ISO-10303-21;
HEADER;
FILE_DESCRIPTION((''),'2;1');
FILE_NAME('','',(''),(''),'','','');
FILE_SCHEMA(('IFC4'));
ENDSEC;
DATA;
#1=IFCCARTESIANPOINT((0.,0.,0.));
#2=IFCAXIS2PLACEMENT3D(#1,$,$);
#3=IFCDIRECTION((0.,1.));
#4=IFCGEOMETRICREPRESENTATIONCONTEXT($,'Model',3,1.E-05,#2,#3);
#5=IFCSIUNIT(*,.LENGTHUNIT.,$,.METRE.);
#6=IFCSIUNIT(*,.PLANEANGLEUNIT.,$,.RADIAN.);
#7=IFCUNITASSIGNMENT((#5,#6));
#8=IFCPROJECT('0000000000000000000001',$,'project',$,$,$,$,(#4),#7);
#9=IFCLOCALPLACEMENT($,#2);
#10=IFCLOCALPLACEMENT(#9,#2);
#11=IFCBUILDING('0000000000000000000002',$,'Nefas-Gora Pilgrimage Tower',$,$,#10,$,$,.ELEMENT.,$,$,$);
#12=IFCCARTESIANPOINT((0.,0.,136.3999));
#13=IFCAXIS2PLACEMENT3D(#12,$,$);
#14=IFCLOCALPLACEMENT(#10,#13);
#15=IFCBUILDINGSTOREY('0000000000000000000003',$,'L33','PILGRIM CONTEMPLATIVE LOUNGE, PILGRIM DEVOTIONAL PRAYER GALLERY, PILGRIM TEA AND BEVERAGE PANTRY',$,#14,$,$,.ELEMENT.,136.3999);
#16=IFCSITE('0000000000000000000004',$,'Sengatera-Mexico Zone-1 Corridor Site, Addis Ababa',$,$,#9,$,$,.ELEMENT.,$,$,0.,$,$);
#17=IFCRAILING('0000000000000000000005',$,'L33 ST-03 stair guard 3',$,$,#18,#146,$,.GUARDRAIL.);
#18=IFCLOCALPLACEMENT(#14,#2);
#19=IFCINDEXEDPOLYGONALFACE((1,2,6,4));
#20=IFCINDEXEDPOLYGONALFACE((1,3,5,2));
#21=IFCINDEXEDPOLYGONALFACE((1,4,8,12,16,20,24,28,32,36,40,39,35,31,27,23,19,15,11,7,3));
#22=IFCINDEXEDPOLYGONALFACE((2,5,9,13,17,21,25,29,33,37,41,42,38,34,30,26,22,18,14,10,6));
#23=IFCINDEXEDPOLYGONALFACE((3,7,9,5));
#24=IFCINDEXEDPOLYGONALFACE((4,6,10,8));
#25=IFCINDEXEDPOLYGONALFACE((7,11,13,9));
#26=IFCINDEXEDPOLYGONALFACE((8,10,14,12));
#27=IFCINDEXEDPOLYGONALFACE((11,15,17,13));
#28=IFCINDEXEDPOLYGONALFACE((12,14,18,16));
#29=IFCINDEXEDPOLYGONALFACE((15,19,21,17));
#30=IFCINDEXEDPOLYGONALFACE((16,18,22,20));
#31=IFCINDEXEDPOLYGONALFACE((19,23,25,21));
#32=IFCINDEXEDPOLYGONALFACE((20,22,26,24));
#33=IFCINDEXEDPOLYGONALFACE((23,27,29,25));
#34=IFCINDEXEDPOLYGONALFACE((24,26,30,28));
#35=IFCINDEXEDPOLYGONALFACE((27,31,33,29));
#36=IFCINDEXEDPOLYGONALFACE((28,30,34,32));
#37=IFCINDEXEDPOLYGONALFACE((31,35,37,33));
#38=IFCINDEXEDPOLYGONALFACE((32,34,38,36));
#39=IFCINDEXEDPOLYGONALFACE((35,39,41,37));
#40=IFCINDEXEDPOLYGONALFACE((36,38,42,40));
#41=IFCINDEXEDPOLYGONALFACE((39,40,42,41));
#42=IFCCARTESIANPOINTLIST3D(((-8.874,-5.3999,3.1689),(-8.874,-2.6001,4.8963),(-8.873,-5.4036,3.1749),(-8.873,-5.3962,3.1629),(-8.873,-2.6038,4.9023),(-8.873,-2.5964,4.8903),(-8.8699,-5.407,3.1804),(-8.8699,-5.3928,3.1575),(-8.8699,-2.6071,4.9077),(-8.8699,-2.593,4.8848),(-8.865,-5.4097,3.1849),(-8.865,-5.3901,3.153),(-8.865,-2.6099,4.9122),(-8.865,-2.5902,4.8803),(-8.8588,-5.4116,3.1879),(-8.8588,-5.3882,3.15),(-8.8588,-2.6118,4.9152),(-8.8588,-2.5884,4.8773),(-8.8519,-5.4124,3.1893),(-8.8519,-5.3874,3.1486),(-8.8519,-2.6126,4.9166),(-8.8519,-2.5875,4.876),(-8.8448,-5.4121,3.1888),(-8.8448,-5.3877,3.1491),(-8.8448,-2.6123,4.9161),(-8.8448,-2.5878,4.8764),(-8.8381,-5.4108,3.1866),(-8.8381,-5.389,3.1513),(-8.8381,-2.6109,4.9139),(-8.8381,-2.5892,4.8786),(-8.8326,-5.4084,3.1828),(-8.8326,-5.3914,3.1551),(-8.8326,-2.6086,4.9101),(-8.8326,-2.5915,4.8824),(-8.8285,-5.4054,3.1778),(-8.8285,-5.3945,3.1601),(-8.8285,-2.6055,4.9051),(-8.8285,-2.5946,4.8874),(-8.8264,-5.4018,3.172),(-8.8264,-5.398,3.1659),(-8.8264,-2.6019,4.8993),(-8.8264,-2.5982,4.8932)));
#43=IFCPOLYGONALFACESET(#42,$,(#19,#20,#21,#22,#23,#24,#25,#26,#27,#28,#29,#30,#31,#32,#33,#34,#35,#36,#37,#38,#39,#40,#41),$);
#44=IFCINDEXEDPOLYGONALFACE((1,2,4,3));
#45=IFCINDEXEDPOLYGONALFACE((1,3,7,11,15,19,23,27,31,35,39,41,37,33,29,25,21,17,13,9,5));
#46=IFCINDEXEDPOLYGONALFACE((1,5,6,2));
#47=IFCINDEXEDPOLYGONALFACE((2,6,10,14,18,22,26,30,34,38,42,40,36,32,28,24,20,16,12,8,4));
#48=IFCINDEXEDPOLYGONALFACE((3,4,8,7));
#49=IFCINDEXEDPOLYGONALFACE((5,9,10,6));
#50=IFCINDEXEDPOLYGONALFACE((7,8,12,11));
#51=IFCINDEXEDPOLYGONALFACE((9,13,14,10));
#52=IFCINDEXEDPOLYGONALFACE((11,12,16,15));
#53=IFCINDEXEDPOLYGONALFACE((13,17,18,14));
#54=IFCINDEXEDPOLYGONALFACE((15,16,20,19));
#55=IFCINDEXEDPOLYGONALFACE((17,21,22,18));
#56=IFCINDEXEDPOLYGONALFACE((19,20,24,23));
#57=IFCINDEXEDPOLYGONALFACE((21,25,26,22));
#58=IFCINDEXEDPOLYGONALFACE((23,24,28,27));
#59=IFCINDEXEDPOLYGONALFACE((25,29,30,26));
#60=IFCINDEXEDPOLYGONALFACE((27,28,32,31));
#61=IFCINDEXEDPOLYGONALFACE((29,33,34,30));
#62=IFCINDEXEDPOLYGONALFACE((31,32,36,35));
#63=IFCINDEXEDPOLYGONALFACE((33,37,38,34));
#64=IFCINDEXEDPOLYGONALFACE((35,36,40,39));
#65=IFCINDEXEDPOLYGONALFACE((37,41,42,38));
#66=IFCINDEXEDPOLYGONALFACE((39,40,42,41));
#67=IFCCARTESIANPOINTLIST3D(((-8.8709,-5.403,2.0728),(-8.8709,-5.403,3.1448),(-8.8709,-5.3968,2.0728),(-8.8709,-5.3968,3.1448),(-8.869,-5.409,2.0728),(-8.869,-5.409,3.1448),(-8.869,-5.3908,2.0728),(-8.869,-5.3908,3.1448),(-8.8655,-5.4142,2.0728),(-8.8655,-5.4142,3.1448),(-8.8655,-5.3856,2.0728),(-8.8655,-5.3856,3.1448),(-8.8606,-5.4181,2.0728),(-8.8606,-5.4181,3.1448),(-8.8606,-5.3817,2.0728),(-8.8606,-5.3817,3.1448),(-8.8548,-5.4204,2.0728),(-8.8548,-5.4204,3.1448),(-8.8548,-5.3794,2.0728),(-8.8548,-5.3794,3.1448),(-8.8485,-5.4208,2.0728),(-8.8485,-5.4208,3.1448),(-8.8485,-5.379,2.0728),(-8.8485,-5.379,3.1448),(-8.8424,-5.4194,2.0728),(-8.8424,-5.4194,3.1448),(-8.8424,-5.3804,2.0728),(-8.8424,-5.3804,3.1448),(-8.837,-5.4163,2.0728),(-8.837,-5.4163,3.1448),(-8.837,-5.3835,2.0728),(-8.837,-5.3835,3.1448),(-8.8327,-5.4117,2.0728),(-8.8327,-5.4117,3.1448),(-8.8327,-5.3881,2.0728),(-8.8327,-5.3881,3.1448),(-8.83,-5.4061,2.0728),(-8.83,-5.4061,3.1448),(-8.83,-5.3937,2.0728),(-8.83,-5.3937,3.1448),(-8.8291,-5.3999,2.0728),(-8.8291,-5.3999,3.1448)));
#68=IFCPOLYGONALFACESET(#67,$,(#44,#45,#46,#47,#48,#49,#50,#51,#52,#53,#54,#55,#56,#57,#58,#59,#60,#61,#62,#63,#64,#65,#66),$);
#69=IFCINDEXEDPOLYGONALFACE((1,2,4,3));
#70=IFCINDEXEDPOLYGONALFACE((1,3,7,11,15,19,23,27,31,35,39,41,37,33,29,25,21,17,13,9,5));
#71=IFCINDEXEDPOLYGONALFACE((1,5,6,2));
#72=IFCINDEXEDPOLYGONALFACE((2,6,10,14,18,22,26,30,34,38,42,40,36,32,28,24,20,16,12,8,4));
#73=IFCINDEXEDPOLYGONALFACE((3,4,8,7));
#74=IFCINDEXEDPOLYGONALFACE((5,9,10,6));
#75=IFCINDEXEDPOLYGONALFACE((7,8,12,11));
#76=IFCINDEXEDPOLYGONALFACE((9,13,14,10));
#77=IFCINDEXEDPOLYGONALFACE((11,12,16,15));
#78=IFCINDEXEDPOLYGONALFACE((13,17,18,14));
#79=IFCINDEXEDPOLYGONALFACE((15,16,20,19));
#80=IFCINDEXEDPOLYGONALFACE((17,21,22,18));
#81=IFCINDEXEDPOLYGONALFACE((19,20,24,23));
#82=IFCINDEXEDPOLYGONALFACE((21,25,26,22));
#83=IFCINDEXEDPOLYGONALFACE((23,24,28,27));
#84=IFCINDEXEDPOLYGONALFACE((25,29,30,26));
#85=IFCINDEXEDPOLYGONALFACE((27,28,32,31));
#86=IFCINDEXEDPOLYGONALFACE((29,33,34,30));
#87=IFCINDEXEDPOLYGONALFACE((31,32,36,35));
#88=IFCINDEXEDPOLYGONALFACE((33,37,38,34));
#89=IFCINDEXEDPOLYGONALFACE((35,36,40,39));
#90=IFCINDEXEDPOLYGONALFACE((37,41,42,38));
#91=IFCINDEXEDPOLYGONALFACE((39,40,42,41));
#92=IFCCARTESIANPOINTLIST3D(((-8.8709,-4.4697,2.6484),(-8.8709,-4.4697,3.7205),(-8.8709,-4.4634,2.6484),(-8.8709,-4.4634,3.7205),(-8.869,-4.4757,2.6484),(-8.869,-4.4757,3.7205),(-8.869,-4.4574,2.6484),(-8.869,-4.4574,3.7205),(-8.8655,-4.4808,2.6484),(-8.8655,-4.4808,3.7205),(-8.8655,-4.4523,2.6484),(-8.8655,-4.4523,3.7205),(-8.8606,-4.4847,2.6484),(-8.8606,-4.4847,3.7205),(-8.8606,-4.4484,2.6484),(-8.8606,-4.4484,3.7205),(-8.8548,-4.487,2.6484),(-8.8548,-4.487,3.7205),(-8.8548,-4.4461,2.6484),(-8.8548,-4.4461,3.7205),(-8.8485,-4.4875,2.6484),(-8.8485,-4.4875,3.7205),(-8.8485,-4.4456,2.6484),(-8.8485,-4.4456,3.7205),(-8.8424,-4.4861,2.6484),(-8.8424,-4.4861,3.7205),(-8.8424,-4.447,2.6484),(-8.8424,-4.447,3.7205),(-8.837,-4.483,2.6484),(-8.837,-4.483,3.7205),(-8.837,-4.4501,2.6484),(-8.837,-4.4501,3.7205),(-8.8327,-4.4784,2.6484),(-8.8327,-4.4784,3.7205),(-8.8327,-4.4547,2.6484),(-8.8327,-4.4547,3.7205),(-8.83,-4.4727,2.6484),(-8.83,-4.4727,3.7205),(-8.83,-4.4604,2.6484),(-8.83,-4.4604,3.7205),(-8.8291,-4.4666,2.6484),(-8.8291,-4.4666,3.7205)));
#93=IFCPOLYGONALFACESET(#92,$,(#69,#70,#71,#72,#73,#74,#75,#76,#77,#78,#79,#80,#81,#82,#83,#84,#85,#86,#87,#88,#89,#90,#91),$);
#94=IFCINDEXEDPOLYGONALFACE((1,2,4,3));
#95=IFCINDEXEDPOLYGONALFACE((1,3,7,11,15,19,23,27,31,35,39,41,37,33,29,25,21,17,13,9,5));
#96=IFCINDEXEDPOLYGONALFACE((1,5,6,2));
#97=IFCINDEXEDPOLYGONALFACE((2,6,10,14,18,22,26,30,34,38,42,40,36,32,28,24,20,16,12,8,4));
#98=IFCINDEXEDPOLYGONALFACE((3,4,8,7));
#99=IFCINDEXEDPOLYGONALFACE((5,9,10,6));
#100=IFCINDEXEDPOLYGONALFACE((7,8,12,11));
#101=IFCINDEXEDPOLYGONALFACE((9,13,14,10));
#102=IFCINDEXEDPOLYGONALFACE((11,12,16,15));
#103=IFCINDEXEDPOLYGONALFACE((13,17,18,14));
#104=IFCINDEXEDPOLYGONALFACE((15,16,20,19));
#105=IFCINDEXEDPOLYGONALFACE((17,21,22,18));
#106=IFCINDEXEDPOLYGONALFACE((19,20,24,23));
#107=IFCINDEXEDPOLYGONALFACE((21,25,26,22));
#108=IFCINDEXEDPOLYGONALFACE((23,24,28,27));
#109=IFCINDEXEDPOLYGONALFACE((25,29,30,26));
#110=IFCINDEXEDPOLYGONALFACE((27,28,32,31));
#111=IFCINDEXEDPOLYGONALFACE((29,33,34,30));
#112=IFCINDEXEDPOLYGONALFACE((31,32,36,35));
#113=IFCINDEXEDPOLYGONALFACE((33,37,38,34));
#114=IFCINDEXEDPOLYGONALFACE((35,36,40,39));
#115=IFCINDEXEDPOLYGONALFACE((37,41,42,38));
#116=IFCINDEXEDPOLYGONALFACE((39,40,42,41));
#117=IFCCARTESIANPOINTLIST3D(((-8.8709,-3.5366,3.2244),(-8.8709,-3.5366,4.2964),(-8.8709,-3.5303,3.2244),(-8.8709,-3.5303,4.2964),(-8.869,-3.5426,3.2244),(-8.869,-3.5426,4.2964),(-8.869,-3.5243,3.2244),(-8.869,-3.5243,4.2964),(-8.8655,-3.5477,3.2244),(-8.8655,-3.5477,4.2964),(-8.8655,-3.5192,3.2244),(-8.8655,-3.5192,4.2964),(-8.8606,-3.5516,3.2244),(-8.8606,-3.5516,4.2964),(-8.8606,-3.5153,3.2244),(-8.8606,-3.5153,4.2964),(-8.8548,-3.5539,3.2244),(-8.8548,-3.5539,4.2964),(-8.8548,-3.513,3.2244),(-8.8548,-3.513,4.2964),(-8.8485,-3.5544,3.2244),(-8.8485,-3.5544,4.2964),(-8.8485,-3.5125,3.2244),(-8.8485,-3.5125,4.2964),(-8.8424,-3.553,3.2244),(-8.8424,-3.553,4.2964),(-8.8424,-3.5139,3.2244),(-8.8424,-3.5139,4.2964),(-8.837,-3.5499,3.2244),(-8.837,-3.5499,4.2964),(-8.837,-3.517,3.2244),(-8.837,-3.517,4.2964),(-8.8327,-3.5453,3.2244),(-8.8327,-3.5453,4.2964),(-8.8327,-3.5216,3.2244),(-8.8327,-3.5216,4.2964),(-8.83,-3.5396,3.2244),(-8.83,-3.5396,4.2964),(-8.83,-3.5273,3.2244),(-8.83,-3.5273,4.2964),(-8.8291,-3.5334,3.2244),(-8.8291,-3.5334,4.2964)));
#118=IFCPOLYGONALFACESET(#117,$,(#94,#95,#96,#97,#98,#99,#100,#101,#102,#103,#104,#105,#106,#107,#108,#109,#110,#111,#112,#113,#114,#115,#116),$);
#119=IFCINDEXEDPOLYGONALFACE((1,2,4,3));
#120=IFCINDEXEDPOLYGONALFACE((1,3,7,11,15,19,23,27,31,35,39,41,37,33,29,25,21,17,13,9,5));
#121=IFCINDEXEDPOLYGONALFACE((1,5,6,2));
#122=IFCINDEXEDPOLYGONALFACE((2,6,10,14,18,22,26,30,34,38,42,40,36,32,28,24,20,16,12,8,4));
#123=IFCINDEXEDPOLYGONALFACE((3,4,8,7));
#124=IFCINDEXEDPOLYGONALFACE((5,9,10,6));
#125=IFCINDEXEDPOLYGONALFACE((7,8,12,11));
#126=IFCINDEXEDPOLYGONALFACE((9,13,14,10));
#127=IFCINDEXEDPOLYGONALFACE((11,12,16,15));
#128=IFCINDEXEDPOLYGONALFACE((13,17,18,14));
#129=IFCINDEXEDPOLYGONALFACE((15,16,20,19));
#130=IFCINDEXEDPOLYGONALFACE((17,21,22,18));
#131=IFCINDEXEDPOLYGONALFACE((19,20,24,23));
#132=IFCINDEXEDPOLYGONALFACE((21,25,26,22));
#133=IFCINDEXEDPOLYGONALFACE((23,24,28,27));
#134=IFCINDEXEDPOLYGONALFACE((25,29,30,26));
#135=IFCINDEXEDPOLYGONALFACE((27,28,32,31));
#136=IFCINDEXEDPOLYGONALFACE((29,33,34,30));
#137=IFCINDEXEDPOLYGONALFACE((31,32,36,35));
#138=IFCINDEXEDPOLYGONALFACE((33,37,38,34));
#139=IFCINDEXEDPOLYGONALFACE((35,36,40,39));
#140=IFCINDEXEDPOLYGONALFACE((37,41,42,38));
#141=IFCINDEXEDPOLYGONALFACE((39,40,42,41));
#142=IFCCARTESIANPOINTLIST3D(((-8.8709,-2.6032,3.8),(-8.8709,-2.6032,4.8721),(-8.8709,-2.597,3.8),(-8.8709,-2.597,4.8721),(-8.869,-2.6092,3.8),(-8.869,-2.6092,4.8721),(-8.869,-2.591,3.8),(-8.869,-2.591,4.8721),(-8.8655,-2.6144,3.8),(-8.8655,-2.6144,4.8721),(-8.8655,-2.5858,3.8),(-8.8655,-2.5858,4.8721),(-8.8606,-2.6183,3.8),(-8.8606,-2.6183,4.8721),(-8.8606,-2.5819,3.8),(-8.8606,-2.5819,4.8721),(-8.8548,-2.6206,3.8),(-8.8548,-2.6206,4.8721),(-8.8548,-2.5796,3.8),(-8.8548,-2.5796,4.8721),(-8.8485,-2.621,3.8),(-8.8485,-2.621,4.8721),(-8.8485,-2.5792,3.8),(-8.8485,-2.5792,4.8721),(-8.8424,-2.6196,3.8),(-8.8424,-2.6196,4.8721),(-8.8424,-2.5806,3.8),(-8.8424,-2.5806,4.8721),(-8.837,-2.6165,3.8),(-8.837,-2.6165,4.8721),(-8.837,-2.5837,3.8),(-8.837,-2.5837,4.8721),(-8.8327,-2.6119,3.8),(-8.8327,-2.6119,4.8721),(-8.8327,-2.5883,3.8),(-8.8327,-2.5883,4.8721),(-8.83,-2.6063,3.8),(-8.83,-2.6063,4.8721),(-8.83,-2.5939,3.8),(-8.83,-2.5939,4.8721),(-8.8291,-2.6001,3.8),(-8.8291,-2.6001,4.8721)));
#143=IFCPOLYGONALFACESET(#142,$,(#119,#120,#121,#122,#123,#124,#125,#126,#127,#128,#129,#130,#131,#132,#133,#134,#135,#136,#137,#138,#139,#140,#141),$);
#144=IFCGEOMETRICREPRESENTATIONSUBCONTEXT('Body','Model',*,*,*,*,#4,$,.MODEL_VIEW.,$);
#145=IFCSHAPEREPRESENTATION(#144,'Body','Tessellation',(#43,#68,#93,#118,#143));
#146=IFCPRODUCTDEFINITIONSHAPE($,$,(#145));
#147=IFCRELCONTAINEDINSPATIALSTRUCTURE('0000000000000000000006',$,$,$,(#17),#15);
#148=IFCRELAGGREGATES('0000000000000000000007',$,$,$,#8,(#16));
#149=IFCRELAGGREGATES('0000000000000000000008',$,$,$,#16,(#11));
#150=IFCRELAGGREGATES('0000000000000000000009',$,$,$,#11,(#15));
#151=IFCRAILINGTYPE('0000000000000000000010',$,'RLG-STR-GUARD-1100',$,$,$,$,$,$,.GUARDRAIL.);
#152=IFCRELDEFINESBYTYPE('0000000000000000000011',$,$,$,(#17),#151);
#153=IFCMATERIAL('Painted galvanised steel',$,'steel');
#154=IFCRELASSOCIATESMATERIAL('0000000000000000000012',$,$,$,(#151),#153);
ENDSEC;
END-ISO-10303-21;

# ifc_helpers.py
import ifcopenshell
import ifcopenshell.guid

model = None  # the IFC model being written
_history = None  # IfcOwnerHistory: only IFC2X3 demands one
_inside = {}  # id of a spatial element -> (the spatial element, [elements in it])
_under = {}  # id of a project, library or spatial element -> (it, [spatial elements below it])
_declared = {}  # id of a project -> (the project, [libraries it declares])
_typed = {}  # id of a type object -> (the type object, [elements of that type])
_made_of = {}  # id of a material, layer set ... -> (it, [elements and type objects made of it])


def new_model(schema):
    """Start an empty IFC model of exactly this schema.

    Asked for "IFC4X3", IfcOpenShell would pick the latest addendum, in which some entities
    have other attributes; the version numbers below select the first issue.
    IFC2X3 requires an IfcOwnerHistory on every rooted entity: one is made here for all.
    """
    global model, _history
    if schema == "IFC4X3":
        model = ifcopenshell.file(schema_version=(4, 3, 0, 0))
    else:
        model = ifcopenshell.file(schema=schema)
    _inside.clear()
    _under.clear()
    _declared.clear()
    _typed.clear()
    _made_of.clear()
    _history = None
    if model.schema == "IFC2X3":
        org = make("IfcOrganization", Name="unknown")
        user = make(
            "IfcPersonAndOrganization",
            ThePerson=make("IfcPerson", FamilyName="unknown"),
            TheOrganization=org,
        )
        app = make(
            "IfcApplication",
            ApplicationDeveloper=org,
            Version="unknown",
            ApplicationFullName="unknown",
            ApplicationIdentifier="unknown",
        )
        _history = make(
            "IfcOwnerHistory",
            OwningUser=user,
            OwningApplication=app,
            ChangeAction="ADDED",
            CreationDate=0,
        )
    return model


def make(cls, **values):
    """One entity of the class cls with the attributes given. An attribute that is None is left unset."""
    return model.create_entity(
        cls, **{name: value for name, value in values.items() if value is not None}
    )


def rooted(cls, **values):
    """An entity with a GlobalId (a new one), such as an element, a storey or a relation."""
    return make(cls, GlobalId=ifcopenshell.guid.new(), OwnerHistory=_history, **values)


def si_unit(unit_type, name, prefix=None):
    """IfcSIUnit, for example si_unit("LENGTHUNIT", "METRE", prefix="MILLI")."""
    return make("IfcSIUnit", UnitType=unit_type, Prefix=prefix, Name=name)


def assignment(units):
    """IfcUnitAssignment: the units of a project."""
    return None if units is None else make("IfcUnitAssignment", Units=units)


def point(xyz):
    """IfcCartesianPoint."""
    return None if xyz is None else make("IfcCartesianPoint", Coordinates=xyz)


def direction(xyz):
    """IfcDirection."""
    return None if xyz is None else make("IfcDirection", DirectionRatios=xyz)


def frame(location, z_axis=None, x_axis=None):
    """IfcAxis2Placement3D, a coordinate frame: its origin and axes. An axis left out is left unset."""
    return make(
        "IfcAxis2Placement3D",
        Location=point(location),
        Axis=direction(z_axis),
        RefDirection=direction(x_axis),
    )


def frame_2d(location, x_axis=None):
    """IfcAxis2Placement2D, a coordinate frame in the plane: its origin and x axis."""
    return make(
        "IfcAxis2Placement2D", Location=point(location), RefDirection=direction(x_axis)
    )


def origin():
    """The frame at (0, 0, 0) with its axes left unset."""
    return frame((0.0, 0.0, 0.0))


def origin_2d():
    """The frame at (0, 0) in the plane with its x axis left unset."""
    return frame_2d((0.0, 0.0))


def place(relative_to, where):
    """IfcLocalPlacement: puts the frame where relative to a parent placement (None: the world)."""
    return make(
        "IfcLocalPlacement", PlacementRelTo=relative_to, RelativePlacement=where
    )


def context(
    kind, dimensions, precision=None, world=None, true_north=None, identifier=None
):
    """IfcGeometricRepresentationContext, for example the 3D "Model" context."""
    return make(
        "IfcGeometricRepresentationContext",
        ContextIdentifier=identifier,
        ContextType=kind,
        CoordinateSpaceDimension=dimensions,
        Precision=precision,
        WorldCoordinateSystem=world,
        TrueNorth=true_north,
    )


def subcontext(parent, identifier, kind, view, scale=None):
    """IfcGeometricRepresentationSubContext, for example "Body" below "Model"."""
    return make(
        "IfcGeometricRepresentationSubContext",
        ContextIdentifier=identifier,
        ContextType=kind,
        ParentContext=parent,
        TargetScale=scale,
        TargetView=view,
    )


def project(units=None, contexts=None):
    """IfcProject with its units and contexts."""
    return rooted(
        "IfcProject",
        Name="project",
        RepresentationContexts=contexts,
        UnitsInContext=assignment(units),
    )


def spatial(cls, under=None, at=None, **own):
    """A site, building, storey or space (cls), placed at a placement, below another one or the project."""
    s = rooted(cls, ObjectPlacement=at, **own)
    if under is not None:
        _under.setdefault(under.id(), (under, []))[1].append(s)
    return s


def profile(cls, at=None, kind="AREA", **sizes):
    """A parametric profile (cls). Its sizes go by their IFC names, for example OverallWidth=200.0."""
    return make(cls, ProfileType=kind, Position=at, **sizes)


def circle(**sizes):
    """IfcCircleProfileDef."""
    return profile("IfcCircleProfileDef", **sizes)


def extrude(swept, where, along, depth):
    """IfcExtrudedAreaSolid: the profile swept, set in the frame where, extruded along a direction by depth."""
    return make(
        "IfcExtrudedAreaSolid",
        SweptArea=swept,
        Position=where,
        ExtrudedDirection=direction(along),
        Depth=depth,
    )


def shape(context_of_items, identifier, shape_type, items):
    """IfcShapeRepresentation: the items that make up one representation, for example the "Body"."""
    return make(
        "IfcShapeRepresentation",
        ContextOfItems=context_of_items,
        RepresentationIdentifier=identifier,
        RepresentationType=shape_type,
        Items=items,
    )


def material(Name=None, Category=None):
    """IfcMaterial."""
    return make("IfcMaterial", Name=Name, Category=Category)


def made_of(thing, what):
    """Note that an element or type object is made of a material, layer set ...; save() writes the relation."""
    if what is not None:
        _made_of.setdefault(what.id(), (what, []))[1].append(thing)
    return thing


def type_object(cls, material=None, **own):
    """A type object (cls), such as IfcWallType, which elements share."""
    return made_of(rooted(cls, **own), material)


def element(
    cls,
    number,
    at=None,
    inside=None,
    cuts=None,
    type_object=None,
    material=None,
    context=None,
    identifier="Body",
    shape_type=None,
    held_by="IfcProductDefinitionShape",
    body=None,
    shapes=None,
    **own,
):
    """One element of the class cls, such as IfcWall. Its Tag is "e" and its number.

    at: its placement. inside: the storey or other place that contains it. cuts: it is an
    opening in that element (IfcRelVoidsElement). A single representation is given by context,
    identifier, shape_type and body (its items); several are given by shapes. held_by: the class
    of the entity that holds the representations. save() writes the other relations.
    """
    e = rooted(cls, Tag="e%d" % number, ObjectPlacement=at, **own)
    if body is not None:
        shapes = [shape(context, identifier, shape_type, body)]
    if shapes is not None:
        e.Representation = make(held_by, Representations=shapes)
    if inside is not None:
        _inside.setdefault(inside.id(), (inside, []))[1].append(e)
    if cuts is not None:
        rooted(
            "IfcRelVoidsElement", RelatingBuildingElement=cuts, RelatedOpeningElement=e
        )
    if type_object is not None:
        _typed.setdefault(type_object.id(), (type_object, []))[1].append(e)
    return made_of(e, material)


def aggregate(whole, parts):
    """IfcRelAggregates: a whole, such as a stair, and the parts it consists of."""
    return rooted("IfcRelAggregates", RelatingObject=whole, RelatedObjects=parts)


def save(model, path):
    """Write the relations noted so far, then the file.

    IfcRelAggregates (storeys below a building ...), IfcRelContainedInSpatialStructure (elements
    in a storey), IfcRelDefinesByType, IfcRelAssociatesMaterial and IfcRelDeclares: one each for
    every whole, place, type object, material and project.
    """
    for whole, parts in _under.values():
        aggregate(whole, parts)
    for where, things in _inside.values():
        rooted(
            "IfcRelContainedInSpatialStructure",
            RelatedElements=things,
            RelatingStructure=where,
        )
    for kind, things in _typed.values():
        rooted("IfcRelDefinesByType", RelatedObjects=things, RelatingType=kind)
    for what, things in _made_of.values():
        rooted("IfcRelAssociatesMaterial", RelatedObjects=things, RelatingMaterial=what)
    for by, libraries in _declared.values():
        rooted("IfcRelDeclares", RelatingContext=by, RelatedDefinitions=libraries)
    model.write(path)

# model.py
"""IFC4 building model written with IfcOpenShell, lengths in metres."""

from ifc_helpers import new_model, si_unit, direction, frame, origin, origin_2d, place, context, subcontext, project, spatial, circle, extrude, material, type_object, element, save


model = new_model("IFC4")

# Units and contexts
model_context = context("Model", 3, precision=1e-05, world=origin(), true_north=direction((0.0, 1.0)))
body_context = subcontext(model_context, "Body", "Model", "MODEL_VIEW")
ifc_project = project(units=[si_unit("LENGTHUNIT", "METRE"), si_unit("PLANEANGLEUNIT", "RADIAN")], contexts=[model_context])

# Site, building, storey
site_placement = place(None, origin())
site = spatial("IfcSite", under=ifc_project, at=site_placement, Name="Sengatera-Mexico Zone-1 Corridor Site, Addis Ababa", CompositionType="ELEMENT", RefElevation=0.0)
building_placement = place(site_placement, origin())
building = spatial("IfcBuilding", under=site, at=building_placement, Name="Nefas-Gora Pilgrimage Tower", CompositionType="ELEMENT")
storey_placement = place(building_placement, frame((0.0, 0.0, 136.3999)))
storey = spatial("IfcBuildingStorey", under=building, at=storey_placement, Name="L33", Description="PILGRIM CONTEMPLATIVE LOUNGE, PILGRIM DEVOTIONAL PRAYER GALLERY, PILGRIM TEA AND BEVERAGE PANTRY", CompositionType="ELEMENT", Elevation=136.3999)

# Railing
ifc_material_1 = material(Name="Painted galvanised steel", Category="steel")
railing_type_1 = type_object("IfcRailingType", Name="RLG-STR-GUARD-1100", PredefinedType="GUARDRAIL", material=ifc_material_1)
railing_1_placement = place(storey_placement, frame((-8.8501, -5.3999, 2.0728)))
element("IfcRailing", 1, at=railing_1_placement, inside=storey, type_object=railing_type_1, Name="L33 ST-03 stair guard 3", PredefinedType="GUARDRAIL", context=body_context, shape_type="SweptSolid", body=[
    extrude(circle(Radius=0.0239, at=origin_2d()), frame((0.0, 0.0, 1.0962), z_axis=(0.0, 0.851069, 0.525054), x_axis=(-1.0, 0.0, 0.0)), (0.0, 0.0, 1.0), 3.2898),
    extrude(circle(Radius=0.021, at=origin_2d()), origin(), (0.0, 0.0, 1.0), 1.072),
    extrude(circle(Radius=0.021, at=origin_2d()), frame((0.0, 0.9333, 0.5757)), (0.0, 0.0, 1.0), 1.072),
    extrude(circle(Radius=0.021, at=origin_2d()), frame((0.0, 1.8665, 1.1516)), (0.0, 0.0, 1.0), 1.072),
    extrude(circle(Radius=0.021, at=origin_2d()), frame((0.0, 2.7998, 1.7273)), (0.0, 0.0, 1.0), 1.072),
])

save(model, "model.ifc")
